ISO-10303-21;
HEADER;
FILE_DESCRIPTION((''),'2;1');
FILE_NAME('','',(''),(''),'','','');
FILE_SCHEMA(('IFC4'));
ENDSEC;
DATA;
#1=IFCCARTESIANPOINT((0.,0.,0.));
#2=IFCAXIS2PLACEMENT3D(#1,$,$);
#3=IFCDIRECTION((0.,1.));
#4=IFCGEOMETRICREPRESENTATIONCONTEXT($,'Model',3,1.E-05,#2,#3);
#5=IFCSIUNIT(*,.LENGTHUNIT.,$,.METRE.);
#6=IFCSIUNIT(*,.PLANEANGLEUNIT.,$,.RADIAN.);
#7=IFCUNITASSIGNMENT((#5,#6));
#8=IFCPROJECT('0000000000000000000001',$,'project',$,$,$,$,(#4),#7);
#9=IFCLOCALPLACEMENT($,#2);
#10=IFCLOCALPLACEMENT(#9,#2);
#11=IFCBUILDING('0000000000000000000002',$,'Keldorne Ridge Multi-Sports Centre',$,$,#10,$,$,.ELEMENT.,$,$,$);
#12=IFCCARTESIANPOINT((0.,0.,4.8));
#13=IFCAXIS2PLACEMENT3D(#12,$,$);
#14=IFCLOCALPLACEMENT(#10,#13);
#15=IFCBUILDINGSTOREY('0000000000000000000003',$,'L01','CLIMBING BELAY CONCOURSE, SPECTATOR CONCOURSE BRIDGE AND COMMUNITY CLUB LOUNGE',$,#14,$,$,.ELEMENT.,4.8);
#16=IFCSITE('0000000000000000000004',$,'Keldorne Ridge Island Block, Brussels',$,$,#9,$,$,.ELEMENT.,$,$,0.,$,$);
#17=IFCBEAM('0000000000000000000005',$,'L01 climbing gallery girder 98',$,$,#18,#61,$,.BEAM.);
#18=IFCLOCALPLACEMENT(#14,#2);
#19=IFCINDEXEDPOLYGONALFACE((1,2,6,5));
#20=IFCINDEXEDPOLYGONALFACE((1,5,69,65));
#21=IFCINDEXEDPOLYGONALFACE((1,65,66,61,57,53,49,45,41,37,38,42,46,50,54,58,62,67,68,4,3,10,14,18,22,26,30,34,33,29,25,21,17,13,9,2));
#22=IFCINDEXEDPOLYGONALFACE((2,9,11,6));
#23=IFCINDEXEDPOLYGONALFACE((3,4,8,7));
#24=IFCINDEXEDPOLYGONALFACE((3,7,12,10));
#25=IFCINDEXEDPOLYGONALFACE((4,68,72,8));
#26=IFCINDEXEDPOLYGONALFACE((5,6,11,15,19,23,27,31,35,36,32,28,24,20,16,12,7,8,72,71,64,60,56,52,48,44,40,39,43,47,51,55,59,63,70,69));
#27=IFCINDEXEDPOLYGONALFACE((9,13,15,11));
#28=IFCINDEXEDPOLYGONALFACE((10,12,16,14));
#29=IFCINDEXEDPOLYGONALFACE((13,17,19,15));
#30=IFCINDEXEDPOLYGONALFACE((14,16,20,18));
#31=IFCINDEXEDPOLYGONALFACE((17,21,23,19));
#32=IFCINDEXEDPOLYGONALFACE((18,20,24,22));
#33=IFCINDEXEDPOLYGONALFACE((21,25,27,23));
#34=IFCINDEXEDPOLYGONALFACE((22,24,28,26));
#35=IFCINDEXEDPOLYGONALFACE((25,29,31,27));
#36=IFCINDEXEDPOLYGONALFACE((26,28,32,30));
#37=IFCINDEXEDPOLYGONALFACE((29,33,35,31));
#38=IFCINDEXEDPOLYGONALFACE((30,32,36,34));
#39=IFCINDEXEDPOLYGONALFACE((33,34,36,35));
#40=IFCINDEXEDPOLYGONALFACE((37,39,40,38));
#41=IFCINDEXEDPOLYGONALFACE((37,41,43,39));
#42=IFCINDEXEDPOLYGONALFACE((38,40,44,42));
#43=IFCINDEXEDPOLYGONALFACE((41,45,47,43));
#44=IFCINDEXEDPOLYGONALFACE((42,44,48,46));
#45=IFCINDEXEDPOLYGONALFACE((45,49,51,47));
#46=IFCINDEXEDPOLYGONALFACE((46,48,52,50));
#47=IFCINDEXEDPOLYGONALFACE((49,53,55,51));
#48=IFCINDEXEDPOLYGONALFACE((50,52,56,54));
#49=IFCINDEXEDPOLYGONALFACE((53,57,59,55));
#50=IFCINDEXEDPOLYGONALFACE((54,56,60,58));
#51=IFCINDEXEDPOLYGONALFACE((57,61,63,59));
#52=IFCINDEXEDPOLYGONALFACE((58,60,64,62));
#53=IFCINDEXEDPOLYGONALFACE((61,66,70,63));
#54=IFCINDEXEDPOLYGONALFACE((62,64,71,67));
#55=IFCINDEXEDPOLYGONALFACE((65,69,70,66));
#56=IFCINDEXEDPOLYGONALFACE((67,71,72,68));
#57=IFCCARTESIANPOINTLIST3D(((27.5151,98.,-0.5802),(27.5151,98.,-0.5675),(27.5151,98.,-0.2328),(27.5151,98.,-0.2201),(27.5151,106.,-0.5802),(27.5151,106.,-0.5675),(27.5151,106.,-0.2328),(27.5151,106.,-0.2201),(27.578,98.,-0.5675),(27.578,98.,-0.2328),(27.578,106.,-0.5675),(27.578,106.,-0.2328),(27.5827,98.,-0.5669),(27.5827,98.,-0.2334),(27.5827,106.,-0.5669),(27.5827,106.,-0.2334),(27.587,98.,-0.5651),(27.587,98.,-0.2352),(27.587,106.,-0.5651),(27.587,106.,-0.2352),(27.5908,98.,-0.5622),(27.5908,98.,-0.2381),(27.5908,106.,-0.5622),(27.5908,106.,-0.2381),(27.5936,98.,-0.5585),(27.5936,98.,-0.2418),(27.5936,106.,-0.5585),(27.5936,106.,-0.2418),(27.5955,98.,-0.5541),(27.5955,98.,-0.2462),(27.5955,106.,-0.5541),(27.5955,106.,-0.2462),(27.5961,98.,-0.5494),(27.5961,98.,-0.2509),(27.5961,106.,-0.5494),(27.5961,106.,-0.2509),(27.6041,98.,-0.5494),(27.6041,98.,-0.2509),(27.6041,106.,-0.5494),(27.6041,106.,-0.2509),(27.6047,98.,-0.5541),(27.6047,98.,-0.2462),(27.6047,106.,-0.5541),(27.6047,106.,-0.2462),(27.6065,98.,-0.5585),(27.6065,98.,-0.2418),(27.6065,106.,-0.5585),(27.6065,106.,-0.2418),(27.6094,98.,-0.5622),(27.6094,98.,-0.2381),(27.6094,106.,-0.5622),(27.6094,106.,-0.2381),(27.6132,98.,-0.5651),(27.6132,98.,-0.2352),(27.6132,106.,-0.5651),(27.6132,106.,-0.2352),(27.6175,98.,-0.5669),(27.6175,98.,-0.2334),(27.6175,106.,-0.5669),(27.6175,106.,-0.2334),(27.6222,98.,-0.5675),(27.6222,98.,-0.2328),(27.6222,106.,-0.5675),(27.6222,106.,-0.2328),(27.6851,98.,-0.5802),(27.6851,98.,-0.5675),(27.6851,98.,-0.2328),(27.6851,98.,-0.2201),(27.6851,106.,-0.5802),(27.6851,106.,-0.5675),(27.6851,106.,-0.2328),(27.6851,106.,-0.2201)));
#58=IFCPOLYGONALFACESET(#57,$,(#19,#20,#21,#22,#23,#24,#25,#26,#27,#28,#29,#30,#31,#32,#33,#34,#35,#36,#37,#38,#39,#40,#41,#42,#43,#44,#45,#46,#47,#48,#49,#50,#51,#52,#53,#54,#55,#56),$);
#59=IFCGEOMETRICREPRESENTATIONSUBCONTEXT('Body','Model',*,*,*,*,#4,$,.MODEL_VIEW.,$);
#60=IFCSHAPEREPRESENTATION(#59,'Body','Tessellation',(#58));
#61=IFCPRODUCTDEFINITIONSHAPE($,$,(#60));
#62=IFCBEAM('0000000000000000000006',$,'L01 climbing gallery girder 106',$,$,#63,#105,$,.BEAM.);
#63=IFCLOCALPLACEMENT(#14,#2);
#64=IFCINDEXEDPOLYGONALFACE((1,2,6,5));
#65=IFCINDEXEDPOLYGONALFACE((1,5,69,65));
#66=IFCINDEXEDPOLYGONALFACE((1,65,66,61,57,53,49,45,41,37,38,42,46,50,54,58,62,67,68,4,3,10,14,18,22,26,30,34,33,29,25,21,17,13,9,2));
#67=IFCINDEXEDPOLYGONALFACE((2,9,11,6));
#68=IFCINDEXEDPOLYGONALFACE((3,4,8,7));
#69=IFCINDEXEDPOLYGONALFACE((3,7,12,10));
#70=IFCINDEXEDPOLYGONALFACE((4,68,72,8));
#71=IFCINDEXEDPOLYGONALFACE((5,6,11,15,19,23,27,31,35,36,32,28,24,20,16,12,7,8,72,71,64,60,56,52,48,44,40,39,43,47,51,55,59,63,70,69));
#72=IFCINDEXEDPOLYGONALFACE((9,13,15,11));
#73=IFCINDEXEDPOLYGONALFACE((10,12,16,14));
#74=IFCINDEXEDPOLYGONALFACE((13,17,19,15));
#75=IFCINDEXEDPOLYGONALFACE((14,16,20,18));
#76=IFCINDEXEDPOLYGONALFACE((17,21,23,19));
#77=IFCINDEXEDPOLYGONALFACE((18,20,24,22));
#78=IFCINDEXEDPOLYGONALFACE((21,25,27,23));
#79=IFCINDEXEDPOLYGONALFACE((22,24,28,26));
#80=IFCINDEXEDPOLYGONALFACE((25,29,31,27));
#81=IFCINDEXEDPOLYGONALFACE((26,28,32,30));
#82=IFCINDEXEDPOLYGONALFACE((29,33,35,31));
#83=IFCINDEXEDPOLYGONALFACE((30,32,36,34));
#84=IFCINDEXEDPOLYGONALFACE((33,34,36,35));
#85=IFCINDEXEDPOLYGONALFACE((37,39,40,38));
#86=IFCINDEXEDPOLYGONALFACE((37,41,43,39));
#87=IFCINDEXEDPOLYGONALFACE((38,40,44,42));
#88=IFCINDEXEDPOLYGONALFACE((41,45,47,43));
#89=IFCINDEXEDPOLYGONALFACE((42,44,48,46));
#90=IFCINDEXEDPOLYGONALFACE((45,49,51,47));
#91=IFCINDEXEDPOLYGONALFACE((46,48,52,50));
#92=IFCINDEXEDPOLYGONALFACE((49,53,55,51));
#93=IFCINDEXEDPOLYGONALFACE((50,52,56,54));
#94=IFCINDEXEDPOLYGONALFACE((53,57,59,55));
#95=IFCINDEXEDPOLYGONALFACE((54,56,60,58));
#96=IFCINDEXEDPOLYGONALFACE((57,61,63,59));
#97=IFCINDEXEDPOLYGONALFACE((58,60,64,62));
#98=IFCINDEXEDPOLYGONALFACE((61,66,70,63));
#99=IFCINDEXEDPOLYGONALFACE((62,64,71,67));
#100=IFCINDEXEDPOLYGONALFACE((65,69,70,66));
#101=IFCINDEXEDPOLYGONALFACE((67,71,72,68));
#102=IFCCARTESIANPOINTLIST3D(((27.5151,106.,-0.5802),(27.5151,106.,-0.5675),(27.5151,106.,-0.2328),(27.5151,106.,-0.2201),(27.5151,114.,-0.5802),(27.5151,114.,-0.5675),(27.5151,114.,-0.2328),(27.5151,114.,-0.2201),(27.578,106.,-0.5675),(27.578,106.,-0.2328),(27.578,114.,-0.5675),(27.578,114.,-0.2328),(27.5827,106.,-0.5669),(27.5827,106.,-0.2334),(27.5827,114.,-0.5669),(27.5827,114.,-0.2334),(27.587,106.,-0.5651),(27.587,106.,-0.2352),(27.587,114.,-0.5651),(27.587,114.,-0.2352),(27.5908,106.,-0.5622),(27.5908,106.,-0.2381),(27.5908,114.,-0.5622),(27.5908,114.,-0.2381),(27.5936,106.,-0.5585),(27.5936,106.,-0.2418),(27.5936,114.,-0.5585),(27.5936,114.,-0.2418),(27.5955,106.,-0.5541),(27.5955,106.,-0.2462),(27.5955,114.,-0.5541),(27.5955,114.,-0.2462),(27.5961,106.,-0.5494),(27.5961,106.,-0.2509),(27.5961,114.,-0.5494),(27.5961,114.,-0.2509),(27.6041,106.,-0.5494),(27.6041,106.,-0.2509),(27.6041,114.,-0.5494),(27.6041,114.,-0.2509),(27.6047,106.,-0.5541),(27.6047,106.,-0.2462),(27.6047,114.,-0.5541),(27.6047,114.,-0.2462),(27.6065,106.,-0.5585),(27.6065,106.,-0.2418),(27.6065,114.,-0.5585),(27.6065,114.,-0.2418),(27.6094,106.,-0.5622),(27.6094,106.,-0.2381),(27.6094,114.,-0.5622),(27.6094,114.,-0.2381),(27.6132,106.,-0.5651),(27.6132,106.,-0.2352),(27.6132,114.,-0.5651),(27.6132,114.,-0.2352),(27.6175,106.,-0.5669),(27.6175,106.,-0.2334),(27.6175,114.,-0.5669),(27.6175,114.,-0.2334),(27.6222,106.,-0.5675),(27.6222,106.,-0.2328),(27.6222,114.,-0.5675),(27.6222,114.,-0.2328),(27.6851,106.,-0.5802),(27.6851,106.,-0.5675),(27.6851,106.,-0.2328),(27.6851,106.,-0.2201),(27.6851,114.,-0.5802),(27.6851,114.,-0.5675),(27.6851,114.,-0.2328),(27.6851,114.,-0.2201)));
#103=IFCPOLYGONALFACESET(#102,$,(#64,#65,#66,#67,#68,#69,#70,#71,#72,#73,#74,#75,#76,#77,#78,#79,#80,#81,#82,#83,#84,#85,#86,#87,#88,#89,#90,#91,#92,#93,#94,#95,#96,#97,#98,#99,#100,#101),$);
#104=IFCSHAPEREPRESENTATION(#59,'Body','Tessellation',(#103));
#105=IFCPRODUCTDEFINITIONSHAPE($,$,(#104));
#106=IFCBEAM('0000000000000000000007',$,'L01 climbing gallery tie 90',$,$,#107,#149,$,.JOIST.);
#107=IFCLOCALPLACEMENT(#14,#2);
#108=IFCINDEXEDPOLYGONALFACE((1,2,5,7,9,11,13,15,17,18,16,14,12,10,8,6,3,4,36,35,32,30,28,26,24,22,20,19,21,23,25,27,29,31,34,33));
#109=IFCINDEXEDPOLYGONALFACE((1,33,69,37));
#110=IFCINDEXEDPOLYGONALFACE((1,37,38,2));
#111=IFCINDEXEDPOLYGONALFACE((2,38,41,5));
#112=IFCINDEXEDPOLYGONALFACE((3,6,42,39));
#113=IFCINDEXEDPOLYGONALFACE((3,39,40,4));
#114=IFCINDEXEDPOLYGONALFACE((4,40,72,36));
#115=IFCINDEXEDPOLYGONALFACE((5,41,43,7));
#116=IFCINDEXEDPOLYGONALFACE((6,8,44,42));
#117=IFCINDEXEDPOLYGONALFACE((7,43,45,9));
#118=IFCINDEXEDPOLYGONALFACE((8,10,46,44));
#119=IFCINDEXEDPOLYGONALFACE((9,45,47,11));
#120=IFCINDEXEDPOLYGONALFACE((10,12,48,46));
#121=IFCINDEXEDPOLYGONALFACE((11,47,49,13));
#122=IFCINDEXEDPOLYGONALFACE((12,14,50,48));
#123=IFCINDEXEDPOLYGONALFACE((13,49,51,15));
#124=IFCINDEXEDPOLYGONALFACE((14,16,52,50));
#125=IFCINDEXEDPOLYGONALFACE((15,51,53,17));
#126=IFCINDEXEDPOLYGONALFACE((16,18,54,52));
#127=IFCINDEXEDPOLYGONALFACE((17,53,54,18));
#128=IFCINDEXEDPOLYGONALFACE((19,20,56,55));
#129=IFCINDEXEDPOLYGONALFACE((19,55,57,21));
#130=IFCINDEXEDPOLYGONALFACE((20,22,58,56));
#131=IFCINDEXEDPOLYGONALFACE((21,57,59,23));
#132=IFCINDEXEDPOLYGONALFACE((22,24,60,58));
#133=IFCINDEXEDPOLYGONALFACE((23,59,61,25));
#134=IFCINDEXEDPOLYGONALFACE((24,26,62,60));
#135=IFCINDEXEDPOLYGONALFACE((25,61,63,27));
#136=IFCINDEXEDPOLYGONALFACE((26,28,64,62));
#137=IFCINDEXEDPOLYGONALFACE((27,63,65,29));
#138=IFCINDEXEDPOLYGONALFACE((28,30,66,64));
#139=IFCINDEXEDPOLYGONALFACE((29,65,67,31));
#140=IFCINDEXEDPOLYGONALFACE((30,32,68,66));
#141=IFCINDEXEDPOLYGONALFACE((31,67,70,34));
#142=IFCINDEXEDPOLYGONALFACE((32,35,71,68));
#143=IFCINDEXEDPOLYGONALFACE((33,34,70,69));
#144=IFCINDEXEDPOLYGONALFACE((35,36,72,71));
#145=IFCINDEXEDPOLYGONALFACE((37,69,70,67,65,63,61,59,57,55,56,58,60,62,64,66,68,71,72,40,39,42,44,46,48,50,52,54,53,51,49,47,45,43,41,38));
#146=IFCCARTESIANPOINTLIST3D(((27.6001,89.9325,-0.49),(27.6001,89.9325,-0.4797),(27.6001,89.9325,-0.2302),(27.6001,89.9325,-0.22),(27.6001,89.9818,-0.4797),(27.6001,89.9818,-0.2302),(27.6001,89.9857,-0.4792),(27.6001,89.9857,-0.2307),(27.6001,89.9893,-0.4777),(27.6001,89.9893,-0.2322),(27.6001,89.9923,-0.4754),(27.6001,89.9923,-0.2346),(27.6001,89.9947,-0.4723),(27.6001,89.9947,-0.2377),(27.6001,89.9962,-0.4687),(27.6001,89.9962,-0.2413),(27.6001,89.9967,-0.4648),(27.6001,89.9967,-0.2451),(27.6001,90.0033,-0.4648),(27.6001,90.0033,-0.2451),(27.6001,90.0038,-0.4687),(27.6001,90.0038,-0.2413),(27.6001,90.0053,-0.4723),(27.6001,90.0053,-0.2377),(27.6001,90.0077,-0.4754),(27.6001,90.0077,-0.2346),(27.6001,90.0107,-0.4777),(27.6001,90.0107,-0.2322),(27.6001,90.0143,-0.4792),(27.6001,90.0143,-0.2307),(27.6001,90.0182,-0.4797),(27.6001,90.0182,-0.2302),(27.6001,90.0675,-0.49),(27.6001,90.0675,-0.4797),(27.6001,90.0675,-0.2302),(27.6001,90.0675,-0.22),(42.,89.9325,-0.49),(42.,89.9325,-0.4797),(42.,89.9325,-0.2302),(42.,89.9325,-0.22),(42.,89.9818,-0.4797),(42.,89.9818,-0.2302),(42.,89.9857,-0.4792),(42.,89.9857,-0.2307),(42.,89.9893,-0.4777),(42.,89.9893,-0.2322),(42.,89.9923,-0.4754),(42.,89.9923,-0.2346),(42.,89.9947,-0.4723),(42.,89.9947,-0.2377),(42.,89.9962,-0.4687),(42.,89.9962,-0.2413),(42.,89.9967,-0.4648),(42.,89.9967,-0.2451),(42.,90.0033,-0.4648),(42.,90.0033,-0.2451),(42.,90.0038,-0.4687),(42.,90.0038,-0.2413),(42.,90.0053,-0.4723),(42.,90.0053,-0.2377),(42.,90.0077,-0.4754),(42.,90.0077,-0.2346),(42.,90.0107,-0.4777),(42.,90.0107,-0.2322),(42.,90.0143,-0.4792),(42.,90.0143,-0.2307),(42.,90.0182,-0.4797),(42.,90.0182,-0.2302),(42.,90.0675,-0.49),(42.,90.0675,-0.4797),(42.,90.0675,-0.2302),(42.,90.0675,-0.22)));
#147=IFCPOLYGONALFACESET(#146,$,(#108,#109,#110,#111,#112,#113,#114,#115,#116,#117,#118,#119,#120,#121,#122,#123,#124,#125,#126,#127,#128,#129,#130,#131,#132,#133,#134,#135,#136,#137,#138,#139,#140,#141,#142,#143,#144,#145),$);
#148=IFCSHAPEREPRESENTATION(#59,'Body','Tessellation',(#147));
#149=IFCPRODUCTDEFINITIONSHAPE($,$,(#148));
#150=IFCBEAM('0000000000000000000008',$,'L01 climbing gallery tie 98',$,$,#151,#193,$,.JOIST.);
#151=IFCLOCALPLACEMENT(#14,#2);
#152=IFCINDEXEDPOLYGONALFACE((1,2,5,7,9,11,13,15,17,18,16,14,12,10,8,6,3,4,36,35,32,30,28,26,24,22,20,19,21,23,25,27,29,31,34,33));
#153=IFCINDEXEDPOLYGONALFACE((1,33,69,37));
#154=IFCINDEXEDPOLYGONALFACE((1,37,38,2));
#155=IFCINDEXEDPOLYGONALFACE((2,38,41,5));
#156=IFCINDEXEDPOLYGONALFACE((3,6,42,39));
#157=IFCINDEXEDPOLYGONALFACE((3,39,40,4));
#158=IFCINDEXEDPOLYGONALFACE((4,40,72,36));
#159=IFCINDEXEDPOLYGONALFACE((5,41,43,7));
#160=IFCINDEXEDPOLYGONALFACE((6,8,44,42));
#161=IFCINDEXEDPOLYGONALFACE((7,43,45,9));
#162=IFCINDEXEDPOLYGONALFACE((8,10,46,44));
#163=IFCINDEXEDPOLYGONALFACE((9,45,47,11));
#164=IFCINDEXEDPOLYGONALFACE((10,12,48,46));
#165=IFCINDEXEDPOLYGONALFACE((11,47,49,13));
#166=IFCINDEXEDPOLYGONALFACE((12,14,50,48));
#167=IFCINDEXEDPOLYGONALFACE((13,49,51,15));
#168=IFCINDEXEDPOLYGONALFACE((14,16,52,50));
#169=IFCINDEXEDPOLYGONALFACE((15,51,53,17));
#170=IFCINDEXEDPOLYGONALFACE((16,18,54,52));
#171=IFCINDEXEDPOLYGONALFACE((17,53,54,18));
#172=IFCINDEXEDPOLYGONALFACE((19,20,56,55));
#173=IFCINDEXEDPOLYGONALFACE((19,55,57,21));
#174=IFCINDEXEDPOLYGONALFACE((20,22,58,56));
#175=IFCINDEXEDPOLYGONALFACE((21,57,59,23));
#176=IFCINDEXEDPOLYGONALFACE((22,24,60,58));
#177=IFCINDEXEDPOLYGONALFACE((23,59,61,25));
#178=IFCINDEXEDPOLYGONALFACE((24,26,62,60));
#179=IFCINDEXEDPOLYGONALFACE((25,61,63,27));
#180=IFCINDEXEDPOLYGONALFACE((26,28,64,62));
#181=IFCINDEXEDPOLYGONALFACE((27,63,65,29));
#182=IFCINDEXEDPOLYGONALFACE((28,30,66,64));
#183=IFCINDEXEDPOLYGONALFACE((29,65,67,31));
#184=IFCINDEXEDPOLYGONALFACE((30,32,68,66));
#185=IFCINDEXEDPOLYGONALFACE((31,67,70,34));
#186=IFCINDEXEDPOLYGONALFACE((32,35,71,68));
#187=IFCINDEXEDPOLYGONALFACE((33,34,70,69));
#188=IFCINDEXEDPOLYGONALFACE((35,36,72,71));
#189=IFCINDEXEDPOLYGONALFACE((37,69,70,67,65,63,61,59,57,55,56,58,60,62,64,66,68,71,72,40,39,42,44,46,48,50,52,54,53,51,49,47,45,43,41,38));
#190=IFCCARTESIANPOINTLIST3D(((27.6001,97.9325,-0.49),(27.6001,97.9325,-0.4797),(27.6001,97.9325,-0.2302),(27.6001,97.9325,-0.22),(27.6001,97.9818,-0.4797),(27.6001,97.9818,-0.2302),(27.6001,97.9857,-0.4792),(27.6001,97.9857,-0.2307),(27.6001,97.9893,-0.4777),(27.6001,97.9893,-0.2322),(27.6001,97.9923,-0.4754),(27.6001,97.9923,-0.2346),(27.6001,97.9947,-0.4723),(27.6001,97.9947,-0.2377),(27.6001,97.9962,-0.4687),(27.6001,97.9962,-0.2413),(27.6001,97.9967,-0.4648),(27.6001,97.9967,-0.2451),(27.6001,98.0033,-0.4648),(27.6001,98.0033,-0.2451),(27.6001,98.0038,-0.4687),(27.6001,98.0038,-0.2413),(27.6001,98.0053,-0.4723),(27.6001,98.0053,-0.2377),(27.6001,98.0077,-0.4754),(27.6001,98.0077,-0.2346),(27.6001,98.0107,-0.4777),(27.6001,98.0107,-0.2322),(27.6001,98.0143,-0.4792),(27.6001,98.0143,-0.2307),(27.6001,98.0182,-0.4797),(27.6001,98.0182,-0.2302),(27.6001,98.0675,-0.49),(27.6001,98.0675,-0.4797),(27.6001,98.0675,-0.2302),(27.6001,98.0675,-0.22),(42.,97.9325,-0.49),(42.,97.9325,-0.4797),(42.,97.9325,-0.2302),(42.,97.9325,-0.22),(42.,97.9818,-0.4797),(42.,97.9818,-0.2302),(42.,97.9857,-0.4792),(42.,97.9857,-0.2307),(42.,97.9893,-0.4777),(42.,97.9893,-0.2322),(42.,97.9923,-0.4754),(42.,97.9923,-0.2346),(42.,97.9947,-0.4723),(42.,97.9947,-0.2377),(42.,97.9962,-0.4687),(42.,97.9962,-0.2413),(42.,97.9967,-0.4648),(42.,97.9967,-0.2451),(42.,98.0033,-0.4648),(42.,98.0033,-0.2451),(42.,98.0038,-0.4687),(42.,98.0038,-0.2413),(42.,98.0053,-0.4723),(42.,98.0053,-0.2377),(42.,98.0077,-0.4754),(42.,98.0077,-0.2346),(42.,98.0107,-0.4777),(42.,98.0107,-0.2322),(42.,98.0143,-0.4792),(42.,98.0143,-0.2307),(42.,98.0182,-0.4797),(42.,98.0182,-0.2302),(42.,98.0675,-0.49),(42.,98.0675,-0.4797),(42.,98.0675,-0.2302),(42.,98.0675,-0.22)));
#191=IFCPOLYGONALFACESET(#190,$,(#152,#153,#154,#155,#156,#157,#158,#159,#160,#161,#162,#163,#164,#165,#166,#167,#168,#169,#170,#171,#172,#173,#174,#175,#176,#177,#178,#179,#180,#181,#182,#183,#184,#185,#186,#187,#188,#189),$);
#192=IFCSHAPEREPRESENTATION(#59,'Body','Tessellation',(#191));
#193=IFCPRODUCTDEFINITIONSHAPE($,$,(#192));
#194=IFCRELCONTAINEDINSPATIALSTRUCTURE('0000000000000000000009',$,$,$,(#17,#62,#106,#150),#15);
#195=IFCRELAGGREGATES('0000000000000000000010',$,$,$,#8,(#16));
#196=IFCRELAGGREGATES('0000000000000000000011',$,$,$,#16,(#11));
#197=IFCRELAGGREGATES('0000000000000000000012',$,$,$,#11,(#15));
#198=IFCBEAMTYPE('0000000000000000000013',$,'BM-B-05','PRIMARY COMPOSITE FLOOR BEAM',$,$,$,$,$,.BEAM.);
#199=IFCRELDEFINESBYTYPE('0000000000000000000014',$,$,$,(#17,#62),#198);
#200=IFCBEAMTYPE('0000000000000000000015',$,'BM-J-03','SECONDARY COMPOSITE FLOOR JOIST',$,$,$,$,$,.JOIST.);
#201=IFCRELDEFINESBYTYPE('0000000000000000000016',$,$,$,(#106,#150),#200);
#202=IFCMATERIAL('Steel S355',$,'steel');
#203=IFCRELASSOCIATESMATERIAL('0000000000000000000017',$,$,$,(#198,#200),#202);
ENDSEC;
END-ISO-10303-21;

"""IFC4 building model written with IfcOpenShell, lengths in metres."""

from ifc_helpers import new_model, si_unit, direction, frame, origin, origin_2d, place, context, subcontext, project, spatial, i_section, extrude, material, material_profile, profile_set, type_object, element, save


model = new_model("IFC4")

# Units and contexts
model_context = context("Model", 3, precision=1e-05, world=origin(), true_north=direction((0.0, 1.0)))
body_context = subcontext(model_context, "Body", "Model", "MODEL_VIEW")
ifc_project = project(units=[si_unit("LENGTHUNIT", "METRE"), si_unit("PLANEANGLEUNIT", "RADIAN")], contexts=[model_context])

# Site, building, storey
site_placement = place(None, origin())
site = spatial("IfcSite", under=ifc_project, at=site_placement, Name="Keldorne Ridge Island Block, Brussels", CompositionType="ELEMENT", RefElevation=0.0)
building_placement = place(site_placement, origin())
building = spatial("IfcBuilding", under=site, at=building_placement, Name="Keldorne Ridge Multi-Sports Centre", CompositionType="ELEMENT")
storey_placement = place(building_placement, frame((0.0, 0.0, 4.8)))
storey = spatial("IfcBuildingStorey", under=building, at=storey_placement, Name="L01", Description="CLIMBING BELAY CONCOURSE, SPECTATOR CONCOURSE BRIDGE AND COMMUNITY CLUB LOUNGE", CompositionType="ELEMENT", Elevation=4.8)

# Shared definitions
ifc_material_1 = material(Name="Steel S355", Category="steel")

# Beams
ifc_material_profile_1 = material_profile(ifc_material_1, i_section(OverallWidth=0.1699, OverallDepth=0.3601, WebThickness=0.0081, FlangeThickness=0.0127, FilletRadius=0.0181, at=origin_2d()), Name="IPE 360")
ifc_profile_set_1 = profile_set([ifc_material_profile_1], Name="Steel S355")
beam_type_1 = type_object("IfcBeamType", Name="BM-B-05", Description="PRIMARY COMPOSITE FLOOR BEAM", PredefinedType="BEAM", material=ifc_profile_set_1)
for number, where, z_axis, x_axis, name in (
    (1, (27.6001, 98.0, -0.4001), (0.0, 1.0, 0.0), (-1.0, 0.0, 0.0), "L01 climbing gallery girder 98"),
    (2, (27.6001, 106.0, -0.4001), (0.0, 1.0, 0.0), (-1.0, 0.0, 0.0), "L01 climbing gallery girder 106"),
):
    element("IfcBeam", number, at=place(storey_placement, frame(where, z_axis=z_axis, x_axis=x_axis)), inside=storey, type_object=beam_type_1, Name=name, PredefinedType="BEAM", context=body_context, shape_type="SweptSolid", body=[
        extrude(i_section(OverallWidth=0.1699, OverallDepth=0.3601, WebThickness=0.0081, FlangeThickness=0.0127, FilletRadius=0.0181, at=origin_2d()), origin(), (0.0, 0.0, 1.0), 8.0),
    ])
ifc_material_profile_2 = material_profile(ifc_material_1, i_section(OverallWidth=0.135, OverallDepth=0.27, WebThickness=0.0066, FlangeThickness=0.0103, FilletRadius=0.0149, at=origin_2d()), Name="IPE 270")
ifc_profile_set_2 = profile_set([ifc_material_profile_2], Name="Steel S355")
beam_type_2 = type_object("IfcBeamType", Name="BM-J-03", Description="SECONDARY COMPOSITE FLOOR JOIST", PredefinedType="JOIST", material=ifc_profile_set_2)
for number, where, z_axis, x_axis, name in (
    (3, (27.6001, 90.0, -0.355), (1.0, 0.0, 0.0), (0.0, 1.0, 0.0), "L01 climbing gallery tie 90"),
    (4, (27.6001, 98.0, -0.355), (1.0, 0.0, 0.0), (0.0, 1.0, 0.0), "L01 climbing gallery tie 98"),
):
    element("IfcBeam", number, at=place(storey_placement, frame(where, z_axis=z_axis, x_axis=x_axis)), inside=storey, type_object=beam_type_2, Name=name, PredefinedType="JOIST", context=body_context, shape_type="SweptSolid", body=[
        extrude(i_section(OverallWidth=0.135, OverallDepth=0.27, WebThickness=0.0066, FlangeThickness=0.0103, FilletRadius=0.0149, at=origin_2d()), origin(), (0.0, 0.0, 1.0), 14.3999),
    ])

save(model, "model.ifc")
